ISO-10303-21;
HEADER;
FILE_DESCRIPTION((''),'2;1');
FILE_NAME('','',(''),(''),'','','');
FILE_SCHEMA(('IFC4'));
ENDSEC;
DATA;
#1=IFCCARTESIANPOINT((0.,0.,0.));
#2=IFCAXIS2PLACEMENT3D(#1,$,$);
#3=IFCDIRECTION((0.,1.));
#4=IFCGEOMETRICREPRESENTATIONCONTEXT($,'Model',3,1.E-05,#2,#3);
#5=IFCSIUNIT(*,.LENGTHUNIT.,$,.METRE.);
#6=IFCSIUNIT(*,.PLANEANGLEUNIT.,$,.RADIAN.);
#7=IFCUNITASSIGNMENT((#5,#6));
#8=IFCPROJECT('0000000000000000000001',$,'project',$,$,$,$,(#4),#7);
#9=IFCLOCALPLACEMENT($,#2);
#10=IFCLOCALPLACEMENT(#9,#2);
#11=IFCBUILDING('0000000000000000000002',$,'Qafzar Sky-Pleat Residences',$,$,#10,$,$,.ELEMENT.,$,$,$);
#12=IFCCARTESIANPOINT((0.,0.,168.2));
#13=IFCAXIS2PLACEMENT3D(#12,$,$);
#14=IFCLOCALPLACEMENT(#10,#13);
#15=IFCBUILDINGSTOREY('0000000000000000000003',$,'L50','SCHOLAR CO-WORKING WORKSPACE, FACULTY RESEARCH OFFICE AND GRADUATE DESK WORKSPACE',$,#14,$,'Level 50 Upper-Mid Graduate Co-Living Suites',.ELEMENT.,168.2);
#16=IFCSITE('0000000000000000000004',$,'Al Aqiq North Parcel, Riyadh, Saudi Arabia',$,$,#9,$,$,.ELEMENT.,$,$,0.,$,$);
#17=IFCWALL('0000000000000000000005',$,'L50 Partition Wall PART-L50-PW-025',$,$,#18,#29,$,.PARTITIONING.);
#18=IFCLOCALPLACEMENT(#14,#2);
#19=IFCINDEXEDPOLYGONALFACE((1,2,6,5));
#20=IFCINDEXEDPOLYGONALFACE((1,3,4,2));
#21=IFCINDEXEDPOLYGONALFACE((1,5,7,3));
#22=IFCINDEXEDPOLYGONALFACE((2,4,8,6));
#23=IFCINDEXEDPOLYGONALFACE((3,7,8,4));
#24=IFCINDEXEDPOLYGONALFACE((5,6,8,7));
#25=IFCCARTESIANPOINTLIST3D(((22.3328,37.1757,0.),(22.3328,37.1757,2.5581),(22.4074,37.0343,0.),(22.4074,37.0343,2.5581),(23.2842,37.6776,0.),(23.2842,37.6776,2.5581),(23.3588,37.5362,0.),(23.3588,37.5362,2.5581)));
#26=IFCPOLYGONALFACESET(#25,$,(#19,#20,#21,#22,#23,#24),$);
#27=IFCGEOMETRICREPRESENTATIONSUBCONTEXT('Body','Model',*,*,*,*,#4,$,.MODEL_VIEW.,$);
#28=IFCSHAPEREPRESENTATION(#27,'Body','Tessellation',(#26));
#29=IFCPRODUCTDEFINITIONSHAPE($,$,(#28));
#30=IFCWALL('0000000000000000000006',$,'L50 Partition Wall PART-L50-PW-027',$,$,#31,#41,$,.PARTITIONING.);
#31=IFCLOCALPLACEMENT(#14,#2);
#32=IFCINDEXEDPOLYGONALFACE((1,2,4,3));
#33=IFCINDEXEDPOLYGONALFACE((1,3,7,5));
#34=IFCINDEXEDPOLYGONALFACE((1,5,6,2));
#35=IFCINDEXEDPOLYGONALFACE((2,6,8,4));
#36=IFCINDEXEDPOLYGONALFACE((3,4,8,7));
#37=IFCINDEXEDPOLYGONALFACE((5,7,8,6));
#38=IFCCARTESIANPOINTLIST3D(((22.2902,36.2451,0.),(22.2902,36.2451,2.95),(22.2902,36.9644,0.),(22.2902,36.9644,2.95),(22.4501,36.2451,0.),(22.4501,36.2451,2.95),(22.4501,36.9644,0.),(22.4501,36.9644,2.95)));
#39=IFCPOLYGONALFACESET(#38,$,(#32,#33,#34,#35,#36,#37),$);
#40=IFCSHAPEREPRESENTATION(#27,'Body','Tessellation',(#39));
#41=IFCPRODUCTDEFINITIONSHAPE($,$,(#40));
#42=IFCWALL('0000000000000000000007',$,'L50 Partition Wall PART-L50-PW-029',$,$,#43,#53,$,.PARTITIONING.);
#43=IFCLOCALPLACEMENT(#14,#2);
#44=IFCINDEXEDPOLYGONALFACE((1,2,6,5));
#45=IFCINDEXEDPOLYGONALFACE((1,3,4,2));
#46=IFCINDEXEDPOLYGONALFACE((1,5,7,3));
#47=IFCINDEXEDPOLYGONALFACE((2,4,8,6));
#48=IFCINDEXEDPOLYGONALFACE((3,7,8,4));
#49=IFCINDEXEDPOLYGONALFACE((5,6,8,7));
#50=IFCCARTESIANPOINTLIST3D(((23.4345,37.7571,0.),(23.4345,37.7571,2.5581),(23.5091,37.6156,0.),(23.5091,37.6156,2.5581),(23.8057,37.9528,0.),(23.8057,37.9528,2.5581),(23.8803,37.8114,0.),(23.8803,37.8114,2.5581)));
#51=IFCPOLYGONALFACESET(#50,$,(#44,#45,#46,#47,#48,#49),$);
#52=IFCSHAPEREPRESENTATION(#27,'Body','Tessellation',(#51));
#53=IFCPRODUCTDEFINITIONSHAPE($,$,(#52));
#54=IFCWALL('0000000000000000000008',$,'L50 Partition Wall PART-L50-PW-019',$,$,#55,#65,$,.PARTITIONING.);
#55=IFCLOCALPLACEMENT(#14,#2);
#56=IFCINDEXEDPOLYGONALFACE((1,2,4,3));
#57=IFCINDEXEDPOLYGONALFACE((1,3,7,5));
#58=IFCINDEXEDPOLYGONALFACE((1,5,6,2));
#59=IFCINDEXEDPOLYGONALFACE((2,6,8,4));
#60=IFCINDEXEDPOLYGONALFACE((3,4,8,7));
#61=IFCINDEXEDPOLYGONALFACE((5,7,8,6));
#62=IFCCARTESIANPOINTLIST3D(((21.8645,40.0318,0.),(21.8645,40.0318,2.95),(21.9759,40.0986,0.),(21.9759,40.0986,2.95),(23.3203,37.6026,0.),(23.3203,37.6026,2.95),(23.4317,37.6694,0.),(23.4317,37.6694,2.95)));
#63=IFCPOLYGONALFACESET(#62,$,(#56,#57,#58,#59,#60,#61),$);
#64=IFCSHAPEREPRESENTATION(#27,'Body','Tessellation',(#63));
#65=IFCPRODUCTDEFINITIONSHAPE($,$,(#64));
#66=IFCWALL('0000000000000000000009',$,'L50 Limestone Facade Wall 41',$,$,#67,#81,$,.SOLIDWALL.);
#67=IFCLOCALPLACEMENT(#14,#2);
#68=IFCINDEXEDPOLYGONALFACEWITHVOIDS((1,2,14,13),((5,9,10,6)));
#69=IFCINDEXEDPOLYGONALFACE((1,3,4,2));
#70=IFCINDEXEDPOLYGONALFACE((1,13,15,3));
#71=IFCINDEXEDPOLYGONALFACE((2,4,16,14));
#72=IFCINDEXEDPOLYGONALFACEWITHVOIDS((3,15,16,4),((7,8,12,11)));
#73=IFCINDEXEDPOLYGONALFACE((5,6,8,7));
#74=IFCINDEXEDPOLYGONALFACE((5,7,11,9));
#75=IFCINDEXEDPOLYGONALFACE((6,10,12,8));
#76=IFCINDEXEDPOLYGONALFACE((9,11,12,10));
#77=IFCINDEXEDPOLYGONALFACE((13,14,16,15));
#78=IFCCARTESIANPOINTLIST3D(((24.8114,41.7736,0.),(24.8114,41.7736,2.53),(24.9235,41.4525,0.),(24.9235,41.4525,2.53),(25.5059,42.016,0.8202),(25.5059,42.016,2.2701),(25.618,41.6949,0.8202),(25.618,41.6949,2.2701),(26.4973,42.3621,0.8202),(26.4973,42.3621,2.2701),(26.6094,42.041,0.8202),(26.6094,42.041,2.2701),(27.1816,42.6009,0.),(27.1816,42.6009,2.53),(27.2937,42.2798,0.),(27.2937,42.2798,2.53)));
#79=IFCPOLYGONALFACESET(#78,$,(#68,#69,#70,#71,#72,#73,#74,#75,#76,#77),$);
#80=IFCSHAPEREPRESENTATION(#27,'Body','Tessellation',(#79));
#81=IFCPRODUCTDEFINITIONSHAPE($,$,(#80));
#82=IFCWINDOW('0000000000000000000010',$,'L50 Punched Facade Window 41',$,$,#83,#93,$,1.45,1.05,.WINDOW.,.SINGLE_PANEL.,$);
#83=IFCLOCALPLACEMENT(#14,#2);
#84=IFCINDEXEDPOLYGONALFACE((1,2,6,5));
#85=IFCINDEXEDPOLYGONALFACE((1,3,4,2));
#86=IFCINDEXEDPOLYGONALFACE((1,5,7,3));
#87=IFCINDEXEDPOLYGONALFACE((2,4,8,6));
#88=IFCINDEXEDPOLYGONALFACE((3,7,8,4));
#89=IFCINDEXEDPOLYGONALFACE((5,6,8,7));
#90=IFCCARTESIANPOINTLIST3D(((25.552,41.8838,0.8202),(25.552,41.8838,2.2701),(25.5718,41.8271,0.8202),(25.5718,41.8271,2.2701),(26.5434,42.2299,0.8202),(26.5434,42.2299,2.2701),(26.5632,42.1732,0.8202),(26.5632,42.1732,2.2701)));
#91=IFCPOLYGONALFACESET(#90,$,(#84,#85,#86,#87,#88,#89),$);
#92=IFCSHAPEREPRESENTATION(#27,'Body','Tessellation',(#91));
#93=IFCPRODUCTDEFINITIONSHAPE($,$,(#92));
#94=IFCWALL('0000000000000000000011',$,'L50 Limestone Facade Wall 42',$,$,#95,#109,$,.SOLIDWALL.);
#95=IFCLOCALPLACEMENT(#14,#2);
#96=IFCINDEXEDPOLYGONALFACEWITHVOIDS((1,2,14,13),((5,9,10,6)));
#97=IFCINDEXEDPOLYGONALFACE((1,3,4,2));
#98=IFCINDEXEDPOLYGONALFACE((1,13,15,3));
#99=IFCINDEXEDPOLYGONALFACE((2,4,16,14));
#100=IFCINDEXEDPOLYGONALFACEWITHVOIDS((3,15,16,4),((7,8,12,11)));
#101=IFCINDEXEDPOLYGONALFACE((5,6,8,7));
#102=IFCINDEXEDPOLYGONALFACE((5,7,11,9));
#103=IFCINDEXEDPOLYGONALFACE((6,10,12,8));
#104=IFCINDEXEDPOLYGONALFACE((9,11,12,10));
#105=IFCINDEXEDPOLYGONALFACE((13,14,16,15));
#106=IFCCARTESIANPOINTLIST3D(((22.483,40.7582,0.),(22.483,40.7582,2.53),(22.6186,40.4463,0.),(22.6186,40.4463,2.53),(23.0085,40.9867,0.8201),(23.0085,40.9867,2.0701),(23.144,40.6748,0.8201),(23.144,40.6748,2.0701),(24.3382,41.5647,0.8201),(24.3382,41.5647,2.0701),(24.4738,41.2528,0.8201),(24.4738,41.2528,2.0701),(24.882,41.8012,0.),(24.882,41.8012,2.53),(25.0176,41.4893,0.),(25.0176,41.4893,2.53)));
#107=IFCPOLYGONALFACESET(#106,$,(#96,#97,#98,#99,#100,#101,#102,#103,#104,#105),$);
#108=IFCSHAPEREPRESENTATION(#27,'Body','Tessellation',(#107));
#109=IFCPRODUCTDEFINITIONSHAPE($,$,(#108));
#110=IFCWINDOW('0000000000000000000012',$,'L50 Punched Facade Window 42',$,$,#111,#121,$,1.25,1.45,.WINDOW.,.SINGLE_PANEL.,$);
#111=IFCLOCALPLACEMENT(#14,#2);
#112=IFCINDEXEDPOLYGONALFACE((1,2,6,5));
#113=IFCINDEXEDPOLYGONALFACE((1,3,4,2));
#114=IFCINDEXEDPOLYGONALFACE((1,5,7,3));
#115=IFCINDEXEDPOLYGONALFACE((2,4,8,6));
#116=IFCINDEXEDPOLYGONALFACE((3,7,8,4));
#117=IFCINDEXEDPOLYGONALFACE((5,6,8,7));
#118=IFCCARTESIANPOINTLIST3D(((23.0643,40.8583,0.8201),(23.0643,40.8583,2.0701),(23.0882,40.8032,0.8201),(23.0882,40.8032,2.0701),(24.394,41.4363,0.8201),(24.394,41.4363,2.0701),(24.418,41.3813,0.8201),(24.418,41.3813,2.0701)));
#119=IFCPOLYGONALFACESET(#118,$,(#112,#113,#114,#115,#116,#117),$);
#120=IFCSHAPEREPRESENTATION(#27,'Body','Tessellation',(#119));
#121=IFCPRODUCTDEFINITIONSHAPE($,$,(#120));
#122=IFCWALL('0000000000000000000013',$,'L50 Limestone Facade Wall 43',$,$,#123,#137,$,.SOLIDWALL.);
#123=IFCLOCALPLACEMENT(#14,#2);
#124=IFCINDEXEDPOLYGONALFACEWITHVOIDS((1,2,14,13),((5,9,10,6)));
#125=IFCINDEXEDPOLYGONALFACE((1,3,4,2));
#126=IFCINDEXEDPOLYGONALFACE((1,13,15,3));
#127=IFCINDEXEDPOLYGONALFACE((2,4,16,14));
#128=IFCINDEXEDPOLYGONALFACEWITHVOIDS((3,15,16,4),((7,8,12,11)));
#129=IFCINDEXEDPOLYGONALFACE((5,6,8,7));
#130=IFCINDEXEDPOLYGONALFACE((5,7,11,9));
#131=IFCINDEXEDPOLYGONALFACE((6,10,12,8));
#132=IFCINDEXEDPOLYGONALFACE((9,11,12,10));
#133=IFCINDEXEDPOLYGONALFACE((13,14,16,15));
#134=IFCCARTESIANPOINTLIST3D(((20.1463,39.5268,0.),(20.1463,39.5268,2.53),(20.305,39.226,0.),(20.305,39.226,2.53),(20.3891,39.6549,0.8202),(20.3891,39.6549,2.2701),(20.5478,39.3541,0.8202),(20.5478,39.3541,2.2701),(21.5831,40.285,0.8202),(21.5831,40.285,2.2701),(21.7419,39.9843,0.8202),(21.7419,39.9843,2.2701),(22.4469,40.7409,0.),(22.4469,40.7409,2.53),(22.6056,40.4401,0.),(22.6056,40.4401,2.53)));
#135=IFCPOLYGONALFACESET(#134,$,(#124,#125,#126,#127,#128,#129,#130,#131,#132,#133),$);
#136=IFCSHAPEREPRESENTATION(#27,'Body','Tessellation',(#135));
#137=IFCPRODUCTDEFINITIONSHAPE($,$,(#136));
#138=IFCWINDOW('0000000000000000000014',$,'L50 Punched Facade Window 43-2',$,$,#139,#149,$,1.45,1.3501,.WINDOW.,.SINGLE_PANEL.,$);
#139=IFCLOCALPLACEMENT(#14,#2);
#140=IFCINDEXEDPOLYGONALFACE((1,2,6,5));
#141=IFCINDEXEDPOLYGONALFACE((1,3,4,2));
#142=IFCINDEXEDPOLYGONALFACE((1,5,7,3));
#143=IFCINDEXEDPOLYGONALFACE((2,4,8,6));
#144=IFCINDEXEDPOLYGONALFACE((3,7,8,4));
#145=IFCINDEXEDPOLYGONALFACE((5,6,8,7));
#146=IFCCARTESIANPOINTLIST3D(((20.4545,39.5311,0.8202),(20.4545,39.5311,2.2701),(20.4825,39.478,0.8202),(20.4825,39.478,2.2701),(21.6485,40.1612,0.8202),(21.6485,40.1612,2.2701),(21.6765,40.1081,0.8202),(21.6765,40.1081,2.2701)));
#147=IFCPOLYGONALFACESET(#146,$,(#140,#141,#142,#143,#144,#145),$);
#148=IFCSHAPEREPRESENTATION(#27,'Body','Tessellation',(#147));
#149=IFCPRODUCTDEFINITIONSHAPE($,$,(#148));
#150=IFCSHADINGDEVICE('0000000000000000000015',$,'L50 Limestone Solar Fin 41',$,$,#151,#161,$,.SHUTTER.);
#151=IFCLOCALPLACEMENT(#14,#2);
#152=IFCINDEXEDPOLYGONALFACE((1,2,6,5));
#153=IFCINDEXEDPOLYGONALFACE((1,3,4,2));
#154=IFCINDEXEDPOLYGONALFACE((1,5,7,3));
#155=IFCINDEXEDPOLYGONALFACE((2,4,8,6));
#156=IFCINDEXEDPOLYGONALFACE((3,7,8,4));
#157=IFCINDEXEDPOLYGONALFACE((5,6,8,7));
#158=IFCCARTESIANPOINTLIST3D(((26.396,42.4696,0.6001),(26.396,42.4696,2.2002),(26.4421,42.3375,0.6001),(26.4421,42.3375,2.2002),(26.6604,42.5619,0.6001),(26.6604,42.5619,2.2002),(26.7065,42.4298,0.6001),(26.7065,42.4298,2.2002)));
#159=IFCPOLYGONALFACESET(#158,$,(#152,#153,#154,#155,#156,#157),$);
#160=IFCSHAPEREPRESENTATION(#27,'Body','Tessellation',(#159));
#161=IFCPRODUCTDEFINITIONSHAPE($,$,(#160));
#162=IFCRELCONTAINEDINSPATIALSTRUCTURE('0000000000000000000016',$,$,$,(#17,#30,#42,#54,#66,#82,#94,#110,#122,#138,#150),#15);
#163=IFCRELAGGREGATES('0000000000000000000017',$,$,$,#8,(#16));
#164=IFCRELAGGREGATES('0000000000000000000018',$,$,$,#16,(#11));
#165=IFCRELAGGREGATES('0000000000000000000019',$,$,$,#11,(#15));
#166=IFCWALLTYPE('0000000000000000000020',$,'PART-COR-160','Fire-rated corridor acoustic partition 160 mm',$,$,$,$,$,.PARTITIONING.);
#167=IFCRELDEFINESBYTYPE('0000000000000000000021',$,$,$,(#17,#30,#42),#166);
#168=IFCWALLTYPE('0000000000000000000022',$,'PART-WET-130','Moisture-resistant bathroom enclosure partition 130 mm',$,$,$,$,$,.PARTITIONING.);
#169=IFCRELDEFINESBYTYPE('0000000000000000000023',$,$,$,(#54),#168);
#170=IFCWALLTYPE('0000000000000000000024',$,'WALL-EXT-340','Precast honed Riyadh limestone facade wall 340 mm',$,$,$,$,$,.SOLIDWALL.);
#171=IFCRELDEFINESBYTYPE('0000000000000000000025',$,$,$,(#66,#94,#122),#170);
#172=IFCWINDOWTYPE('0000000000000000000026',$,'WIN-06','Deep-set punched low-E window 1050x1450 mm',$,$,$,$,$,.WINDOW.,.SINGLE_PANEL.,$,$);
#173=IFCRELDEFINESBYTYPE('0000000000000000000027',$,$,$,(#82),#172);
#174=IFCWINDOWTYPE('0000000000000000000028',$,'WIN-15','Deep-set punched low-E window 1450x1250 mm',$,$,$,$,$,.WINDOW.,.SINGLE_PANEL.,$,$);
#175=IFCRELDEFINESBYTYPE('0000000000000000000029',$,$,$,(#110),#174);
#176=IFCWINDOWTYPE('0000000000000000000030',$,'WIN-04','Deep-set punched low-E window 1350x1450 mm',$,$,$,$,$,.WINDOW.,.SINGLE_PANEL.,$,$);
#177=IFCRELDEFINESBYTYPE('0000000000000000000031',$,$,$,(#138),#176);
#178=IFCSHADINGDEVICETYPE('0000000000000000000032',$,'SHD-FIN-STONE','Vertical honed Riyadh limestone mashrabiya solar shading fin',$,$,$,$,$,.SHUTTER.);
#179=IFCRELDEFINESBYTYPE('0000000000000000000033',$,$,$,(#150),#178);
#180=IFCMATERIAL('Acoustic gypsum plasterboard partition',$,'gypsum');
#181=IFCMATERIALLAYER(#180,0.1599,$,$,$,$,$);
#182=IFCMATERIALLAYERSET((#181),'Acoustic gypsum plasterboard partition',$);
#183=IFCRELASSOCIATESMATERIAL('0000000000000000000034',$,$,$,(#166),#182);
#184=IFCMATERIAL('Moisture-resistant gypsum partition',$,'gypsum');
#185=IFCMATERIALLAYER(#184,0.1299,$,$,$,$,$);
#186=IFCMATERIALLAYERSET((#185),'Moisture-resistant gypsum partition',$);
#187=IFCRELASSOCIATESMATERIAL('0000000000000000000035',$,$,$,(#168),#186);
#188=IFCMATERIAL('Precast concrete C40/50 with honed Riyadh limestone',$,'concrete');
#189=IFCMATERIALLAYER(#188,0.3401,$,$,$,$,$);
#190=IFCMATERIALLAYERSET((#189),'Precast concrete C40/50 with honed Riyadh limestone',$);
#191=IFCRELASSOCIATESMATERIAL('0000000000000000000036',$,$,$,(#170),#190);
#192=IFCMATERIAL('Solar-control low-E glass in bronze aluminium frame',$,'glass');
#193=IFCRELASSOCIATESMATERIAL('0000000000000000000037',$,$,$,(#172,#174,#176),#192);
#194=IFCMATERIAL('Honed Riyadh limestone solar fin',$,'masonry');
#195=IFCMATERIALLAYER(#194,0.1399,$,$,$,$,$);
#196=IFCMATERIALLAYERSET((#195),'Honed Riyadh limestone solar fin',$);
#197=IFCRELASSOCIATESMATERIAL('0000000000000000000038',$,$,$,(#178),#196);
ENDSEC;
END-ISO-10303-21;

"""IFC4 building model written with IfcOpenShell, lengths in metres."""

from ifc_helpers import new_model, si_unit, direction, frame, frame_2d, origin, origin_2d, place, context, subcontext, project, spatial, rectangle, extrude, source, transform, mapped, material, layer, layer_set, type_object, element, fill, save


model = new_model("IFC4")

# Units and contexts
model_context = context("Model", 3, precision=1e-05, world=origin(), true_north=direction((0.0, 1.0)))
body_context = subcontext(model_context, "Body", "Model", "MODEL_VIEW")
ifc_project = project(units=[si_unit("LENGTHUNIT", "METRE"), si_unit("PLANEANGLEUNIT", "RADIAN")], contexts=[model_context])

# Site, building, storey
site_placement = place(None, origin())
site = spatial("IfcSite", under=ifc_project, at=site_placement, Name="Al Aqiq North Parcel, Riyadh, Saudi Arabia", CompositionType="ELEMENT", RefElevation=0.0)
building_placement = place(site_placement, origin())
building = spatial("IfcBuilding", under=site, at=building_placement, Name="Qafzar Sky-Pleat Residences", CompositionType="ELEMENT")
storey_placement = place(building_placement, frame((0.0, 0.0, 168.2)))
storey = spatial("IfcBuildingStorey", under=building, at=storey_placement, Name="L50", Description="SCHOLAR CO-WORKING WORKSPACE, FACULTY RESEARCH OFFICE AND GRADUATE DESK WORKSPACE", LongName="Level 50 Upper-Mid Graduate Co-Living Suites", CompositionType="ELEMENT", Elevation=168.2)

# Walls
ifc_material_1 = material(Name="Acoustic gypsum plasterboard partition", Category="gypsum")
ifc_layer_1 = layer(ifc_material_1, 0.1599)
ifc_layer_set_1 = layer_set([ifc_layer_1], Name="Acoustic gypsum plasterboard partition")
wall_type_1 = type_object("IfcWallType", Name="PART-COR-160", Description="Fire-rated corridor acoustic partition 160 mm", PredefinedType="PARTITIONING", material=ifc_layer_set_1)
wall_1_placement = place(storey_placement, frame((22.3701, 37.105, 0.0), z_axis=(0.0, 0.0, 1.0), x_axis=(0.884455, 0.466625, 0.0)))
element("IfcWall", 1, at=wall_1_placement, inside=storey, type_object=wall_type_1, Name="L50 Partition Wall PART-L50-PW-025", PredefinedType="PARTITIONING", context=body_context, shape_type="SweptSolid", body=[
    extrude(rectangle(XDim=1.0757, YDim=0.1599, at=frame_2d((0.5378, 0.0))), origin(), (0.0, 0.0, 1.0), 2.5581),
])
wall_2_placement = place(storey_placement, frame((22.3701, 36.2451, 0.0), z_axis=(0.0, 0.0, 1.0), x_axis=(0.0, 1.0, 0.0)))
element("IfcWall", 2, at=wall_2_placement, inside=storey, type_object=wall_type_1, Name="L50 Partition Wall PART-L50-PW-027", PredefinedType="PARTITIONING", context=body_context, shape_type="SweptSolid", body=[
    extrude(rectangle(XDim=0.7192, YDim=0.1599, at=frame_2d((0.3596, 0.0))), origin(), (0.0, 0.0, 1.0), 2.95),
])
wall_3_placement = place(storey_placement, frame((23.4717, 37.6863, 0.0), z_axis=(0.0, 0.0, 1.0), x_axis=(0.884565, 0.466417, 0.0)))
element("IfcWall", 3, at=wall_3_placement, inside=storey, type_object=wall_type_1, Name="L50 Partition Wall PART-L50-PW-029", PredefinedType="PARTITIONING", context=body_context, shape_type="SweptSolid", body=[
    extrude(rectangle(XDim=0.4197, YDim=0.1599, at=frame_2d((0.21, 0.0))), origin(), (0.0, 0.0, 1.0), 2.5581),
])
ifc_material_2 = material(Name="Moisture-resistant gypsum partition", Category="gypsum")
ifc_layer_2 = layer(ifc_material_2, 0.1299)
ifc_layer_set_2 = layer_set([ifc_layer_2], Name="Moisture-resistant gypsum partition")
wall_type_2 = type_object("IfcWallType", Name="PART-WET-130", Description="Moisture-resistant bathroom enclosure partition 130 mm", PredefinedType="PARTITIONING", material=ifc_layer_set_2)
wall_4_placement = place(storey_placement, frame((21.9202, 40.0652, 0.0), z_axis=(0.0, 0.0, 1.0), x_axis=(0.514052, -0.857759, 0.0)))
element("IfcWall", 4, at=wall_4_placement, inside=storey, type_object=wall_type_2, Name="L50 Partition Wall PART-L50-PW-019", PredefinedType="PARTITIONING", context=body_context, shape_type="SweptSolid", body=[
    extrude(rectangle(XDim=2.832, YDim=0.1299, at=frame_2d((1.416, 0.0))), origin(), (0.0, 0.0, 1.0), 2.95),
])

# Walls, openings, windows
ifc_material_3 = material(Name="Precast concrete C40/50 with honed Riyadh limestone", Category="concrete")
ifc_layer_3 = layer(ifc_material_3, 0.3401)
ifc_layer_set_3 = layer_set([ifc_layer_3], Name="Precast concrete C40/50 with honed Riyadh limestone")
wall_type_3 = type_object("IfcWallType", Name="WALL-EXT-340", Description="Precast honed Riyadh limestone facade wall 340 mm", PredefinedType="SOLIDWALL", material=ifc_layer_set_3)
wall_5_placement = place(storey_placement, frame((27.2378, 42.4404, 0.0), z_axis=(0.0, 0.0, 1.0), x_axis=(-0.944135, -0.329558, 0.0)))
wall_5 = element("IfcWall", 5, at=wall_5_placement, inside=storey, type_object=wall_type_3, Name="L50 Limestone Facade Wall 41", PredefinedType="SOLIDWALL", context=body_context, shape_type="SweptSolid", body=[
    extrude(rectangle(XDim=2.5105, YDim=0.3401, at=frame_2d((1.2554, 0.0))), origin(), (0.0, 0.0, 1.0), 2.53),
])
opening_1_placement = place(wall_5_placement, frame((0.7251, 0.0, 0.8201)))
opening_1 = element("IfcOpeningElement", 6, at=opening_1_placement, cuts=wall_5, PredefinedType="OPENING", context=body_context, shape_type="SweptSolid", body=[
    extrude(rectangle(XDim=1.05, YDim=1.45, at=frame_2d((0.5249, 0.7251))), frame((0.0, 0.1802, 0.0), z_axis=(0.0, -1.0, 0.0), x_axis=(1.0, 0.0, 0.0)), (0.0, 0.0, 1.0), 0.3601),
])
ifc_material_4 = material(Name="Solar-control low-E glass in bronze aluminium frame", Category="glass")
window_type_1 = type_object("IfcWindowType", Name="WIN-06", Description="Deep-set punched low-E window 1050x1450 mm", PartitioningType="SINGLE_PANEL", PredefinedType="WINDOW", material=ifc_material_4)
shared_shape_1 = source(origin(), body_context, "Body", "SweptSolid", [
    extrude(rectangle(XDim=1.05, YDim=1.45, at=frame_2d((0.5249, 0.7251))), frame((0.0, 0.03, 0.0), z_axis=(0.0, -1.0, 0.0), x_axis=(1.0, 0.0, 0.0)), (0.0, 0.0, 1.0), 0.0601),
])
window_1_placement = place(opening_1_placement, origin())
window_1 = element("IfcWindow", 7, at=window_1_placement, inside=storey, type_object=window_type_1, Name="L50 Punched Facade Window 41", OverallHeight=1.45, OverallWidth=1.05, PartitioningType="SINGLE_PANEL", PredefinedType="WINDOW", context=body_context, shape_type="MappedRepresentation", body=[
    mapped(shared_shape_1, transform((0.0, 0.0, 0.0), x_axis=(1.0, 0.0, 0.0), y_axis=(0.0, 1.0, 0.0), z_axis=(0.0, 0.0, 1.0), scale=1.0)),
])
fill(opening_1, window_1)
wall_6_placement = place(storey_placement, frame((24.95, 41.6453, 0.0), z_axis=(0.0, 0.0, 1.0), x_axis=(-0.917091, -0.398678, 0.0)))
wall_6 = element("IfcWall", 8, at=wall_6_placement, inside=storey, type_object=wall_type_3, Name="L50 Limestone Facade Wall 42", PredefinedType="SOLIDWALL", context=body_context, shape_type="SweptSolid", body=[
    extrude(rectangle(XDim=2.616, YDim=0.3401, at=frame_2d((1.3081, 0.0))), origin(), (0.0, 0.0, 1.0), 2.53),
])
opening_2_placement = place(wall_6_placement, frame((0.593, 0.0, 0.8201)))
opening_2 = element("IfcOpeningElement", 9, at=opening_2_placement, cuts=wall_6, PredefinedType="OPENING", context=body_context, shape_type="SweptSolid", body=[
    extrude(rectangle(XDim=1.45, YDim=1.25, at=frame_2d((0.7251, 0.625))), frame((0.0, 0.1802, 0.0), z_axis=(0.0, -1.0, 0.0), x_axis=(1.0, 0.0, 0.0)), (0.0, 0.0, 1.0), 0.3601),
])
window_type_2 = type_object("IfcWindowType", Name="WIN-15", Description="Deep-set punched low-E window 1450x1250 mm", PartitioningType="SINGLE_PANEL", PredefinedType="WINDOW", material=ifc_material_4)
shared_shape_2 = source(origin(), body_context, "Body", "SweptSolid", [
    extrude(rectangle(XDim=1.45, YDim=1.25, at=frame_2d((0.7251, 0.625))), frame((0.0, 0.03, 0.0), z_axis=(0.0, -1.0, 0.0), x_axis=(1.0, 0.0, 0.0)), (0.0, 0.0, 1.0), 0.0601),
])
window_2_placement = place(opening_2_placement, origin())
window_2 = element("IfcWindow", 10, at=window_2_placement, inside=storey, type_object=window_type_2, Name="L50 Punched Facade Window 42", OverallHeight=1.25, OverallWidth=1.45, PartitioningType="SINGLE_PANEL", PredefinedType="WINDOW", context=body_context, shape_type="MappedRepresentation", body=[
    mapped(shared_shape_2, transform((0.0, 0.0, 0.0), x_axis=(1.0, 0.0, 0.0), y_axis=(0.0, 1.0, 0.0), z_axis=(0.0, 0.0, 1.0), scale=1.0)),
])
fill(opening_2, window_2)
wall_7_placement = place(storey_placement, frame((22.5264, 40.5906, 0.0), z_axis=(0.0, 0.0, 1.0), x_axis=(-0.884394, -0.46674, 0.0)))
wall_7 = element("IfcWall", 11, at=wall_7_placement, inside=storey, type_object=wall_type_3, Name="L50 Limestone Facade Wall 43", PredefinedType="SOLIDWALL", context=body_context, shape_type="SweptSolid", body=[
    extrude(rectangle(XDim=2.6013, YDim=0.3401, at=frame_2d((1.3008, 0.0))), origin(), (0.0, 0.0, 1.0), 2.53),
])
opening_3_placement = place(wall_7_placement, frame((0.9768, 0.0, 0.8201)))
opening_3 = element("IfcOpeningElement", 12, at=opening_3_placement, cuts=wall_7, PredefinedType="OPENING", context=body_context, shape_type="SweptSolid", body=[
    extrude(rectangle(XDim=1.3501, YDim=1.45, at=frame_2d((0.675, 0.7251))), frame((0.0, 0.1802, 0.0), z_axis=(0.0, -1.0, 0.0), x_axis=(1.0, 0.0, 0.0)), (0.0, 0.0, 1.0), 0.3601),
])
window_type_3 = type_object("IfcWindowType", Name="WIN-04", Description="Deep-set punched low-E window 1350x1450 mm", PartitioningType="SINGLE_PANEL", PredefinedType="WINDOW", material=ifc_material_4)
shared_shape_3 = source(origin(), body_context, "Body", "SweptSolid", [
    extrude(rectangle(XDim=1.3501, YDim=1.45, at=frame_2d((0.675, 0.7251))), frame((0.0, 0.03, 0.0), z_axis=(0.0, -1.0, 0.0), x_axis=(1.0, 0.0, 0.0)), (0.0, 0.0, 1.0), 0.0601),
])
window_3_placement = place(opening_3_placement, origin())
window_3 = element("IfcWindow", 13, at=window_3_placement, inside=storey, type_object=window_type_3, Name="L50 Punched Facade Window 43-2", OverallHeight=1.45, OverallWidth=1.3501, PartitioningType="SINGLE_PANEL", PredefinedType="WINDOW", context=body_context, shape_type="MappedRepresentation", body=[
    mapped(shared_shape_3, transform((0.0, 0.0, 0.0), x_axis=(1.0, 0.0, 0.0), y_axis=(0.0, 1.0, 0.0), z_axis=(0.0, 0.0, 1.0), scale=1.0)),
])
fill(opening_3, window_3)

# Shading device
ifc_material_5 = material(Name="Honed Riyadh limestone solar fin", Category="masonry")
ifc_layer_4 = layer(ifc_material_5, 0.1399)
ifc_layer_set_4 = layer_set([ifc_layer_4], Name="Honed Riyadh limestone solar fin")
shading_device_type = type_object("IfcShadingDeviceType", Name="SHD-FIN-STONE", Description="Vertical honed Riyadh limestone mashrabiya solar shading fin", PredefinedType="SHUTTER", material=ifc_layer_set_4)
shared_shape_4 = source(origin(), body_context, "Body", "SweptSolid", [
    extrude(rectangle(XDim=0.1399, YDim=0.28, at=origin_2d()), origin(), (0.0, 0.0, 1.0), 1.6001),
])
shading_device_placement = place(storey_placement, frame((26.5513, 42.4497, 0.6001), z_axis=(0.0, 0.0, 1.0), x_axis=(-0.329555, 0.944136, 0.0)))
element("IfcShadingDevice", 14, at=shading_device_placement, inside=storey, type_object=shading_device_type, Name="L50 Limestone Solar Fin 41", PredefinedType="SHUTTER", context=body_context, shape_type="MappedRepresentation", body=[
    mapped(shared_shape_4, transform((0.0, 0.0, 0.0), x_axis=(1.0, 0.0, 0.0), y_axis=(0.0, 1.0, 0.0), z_axis=(0.0, 0.0, 1.0), scale=1.0)),
])

save(model, "model.ifc")
